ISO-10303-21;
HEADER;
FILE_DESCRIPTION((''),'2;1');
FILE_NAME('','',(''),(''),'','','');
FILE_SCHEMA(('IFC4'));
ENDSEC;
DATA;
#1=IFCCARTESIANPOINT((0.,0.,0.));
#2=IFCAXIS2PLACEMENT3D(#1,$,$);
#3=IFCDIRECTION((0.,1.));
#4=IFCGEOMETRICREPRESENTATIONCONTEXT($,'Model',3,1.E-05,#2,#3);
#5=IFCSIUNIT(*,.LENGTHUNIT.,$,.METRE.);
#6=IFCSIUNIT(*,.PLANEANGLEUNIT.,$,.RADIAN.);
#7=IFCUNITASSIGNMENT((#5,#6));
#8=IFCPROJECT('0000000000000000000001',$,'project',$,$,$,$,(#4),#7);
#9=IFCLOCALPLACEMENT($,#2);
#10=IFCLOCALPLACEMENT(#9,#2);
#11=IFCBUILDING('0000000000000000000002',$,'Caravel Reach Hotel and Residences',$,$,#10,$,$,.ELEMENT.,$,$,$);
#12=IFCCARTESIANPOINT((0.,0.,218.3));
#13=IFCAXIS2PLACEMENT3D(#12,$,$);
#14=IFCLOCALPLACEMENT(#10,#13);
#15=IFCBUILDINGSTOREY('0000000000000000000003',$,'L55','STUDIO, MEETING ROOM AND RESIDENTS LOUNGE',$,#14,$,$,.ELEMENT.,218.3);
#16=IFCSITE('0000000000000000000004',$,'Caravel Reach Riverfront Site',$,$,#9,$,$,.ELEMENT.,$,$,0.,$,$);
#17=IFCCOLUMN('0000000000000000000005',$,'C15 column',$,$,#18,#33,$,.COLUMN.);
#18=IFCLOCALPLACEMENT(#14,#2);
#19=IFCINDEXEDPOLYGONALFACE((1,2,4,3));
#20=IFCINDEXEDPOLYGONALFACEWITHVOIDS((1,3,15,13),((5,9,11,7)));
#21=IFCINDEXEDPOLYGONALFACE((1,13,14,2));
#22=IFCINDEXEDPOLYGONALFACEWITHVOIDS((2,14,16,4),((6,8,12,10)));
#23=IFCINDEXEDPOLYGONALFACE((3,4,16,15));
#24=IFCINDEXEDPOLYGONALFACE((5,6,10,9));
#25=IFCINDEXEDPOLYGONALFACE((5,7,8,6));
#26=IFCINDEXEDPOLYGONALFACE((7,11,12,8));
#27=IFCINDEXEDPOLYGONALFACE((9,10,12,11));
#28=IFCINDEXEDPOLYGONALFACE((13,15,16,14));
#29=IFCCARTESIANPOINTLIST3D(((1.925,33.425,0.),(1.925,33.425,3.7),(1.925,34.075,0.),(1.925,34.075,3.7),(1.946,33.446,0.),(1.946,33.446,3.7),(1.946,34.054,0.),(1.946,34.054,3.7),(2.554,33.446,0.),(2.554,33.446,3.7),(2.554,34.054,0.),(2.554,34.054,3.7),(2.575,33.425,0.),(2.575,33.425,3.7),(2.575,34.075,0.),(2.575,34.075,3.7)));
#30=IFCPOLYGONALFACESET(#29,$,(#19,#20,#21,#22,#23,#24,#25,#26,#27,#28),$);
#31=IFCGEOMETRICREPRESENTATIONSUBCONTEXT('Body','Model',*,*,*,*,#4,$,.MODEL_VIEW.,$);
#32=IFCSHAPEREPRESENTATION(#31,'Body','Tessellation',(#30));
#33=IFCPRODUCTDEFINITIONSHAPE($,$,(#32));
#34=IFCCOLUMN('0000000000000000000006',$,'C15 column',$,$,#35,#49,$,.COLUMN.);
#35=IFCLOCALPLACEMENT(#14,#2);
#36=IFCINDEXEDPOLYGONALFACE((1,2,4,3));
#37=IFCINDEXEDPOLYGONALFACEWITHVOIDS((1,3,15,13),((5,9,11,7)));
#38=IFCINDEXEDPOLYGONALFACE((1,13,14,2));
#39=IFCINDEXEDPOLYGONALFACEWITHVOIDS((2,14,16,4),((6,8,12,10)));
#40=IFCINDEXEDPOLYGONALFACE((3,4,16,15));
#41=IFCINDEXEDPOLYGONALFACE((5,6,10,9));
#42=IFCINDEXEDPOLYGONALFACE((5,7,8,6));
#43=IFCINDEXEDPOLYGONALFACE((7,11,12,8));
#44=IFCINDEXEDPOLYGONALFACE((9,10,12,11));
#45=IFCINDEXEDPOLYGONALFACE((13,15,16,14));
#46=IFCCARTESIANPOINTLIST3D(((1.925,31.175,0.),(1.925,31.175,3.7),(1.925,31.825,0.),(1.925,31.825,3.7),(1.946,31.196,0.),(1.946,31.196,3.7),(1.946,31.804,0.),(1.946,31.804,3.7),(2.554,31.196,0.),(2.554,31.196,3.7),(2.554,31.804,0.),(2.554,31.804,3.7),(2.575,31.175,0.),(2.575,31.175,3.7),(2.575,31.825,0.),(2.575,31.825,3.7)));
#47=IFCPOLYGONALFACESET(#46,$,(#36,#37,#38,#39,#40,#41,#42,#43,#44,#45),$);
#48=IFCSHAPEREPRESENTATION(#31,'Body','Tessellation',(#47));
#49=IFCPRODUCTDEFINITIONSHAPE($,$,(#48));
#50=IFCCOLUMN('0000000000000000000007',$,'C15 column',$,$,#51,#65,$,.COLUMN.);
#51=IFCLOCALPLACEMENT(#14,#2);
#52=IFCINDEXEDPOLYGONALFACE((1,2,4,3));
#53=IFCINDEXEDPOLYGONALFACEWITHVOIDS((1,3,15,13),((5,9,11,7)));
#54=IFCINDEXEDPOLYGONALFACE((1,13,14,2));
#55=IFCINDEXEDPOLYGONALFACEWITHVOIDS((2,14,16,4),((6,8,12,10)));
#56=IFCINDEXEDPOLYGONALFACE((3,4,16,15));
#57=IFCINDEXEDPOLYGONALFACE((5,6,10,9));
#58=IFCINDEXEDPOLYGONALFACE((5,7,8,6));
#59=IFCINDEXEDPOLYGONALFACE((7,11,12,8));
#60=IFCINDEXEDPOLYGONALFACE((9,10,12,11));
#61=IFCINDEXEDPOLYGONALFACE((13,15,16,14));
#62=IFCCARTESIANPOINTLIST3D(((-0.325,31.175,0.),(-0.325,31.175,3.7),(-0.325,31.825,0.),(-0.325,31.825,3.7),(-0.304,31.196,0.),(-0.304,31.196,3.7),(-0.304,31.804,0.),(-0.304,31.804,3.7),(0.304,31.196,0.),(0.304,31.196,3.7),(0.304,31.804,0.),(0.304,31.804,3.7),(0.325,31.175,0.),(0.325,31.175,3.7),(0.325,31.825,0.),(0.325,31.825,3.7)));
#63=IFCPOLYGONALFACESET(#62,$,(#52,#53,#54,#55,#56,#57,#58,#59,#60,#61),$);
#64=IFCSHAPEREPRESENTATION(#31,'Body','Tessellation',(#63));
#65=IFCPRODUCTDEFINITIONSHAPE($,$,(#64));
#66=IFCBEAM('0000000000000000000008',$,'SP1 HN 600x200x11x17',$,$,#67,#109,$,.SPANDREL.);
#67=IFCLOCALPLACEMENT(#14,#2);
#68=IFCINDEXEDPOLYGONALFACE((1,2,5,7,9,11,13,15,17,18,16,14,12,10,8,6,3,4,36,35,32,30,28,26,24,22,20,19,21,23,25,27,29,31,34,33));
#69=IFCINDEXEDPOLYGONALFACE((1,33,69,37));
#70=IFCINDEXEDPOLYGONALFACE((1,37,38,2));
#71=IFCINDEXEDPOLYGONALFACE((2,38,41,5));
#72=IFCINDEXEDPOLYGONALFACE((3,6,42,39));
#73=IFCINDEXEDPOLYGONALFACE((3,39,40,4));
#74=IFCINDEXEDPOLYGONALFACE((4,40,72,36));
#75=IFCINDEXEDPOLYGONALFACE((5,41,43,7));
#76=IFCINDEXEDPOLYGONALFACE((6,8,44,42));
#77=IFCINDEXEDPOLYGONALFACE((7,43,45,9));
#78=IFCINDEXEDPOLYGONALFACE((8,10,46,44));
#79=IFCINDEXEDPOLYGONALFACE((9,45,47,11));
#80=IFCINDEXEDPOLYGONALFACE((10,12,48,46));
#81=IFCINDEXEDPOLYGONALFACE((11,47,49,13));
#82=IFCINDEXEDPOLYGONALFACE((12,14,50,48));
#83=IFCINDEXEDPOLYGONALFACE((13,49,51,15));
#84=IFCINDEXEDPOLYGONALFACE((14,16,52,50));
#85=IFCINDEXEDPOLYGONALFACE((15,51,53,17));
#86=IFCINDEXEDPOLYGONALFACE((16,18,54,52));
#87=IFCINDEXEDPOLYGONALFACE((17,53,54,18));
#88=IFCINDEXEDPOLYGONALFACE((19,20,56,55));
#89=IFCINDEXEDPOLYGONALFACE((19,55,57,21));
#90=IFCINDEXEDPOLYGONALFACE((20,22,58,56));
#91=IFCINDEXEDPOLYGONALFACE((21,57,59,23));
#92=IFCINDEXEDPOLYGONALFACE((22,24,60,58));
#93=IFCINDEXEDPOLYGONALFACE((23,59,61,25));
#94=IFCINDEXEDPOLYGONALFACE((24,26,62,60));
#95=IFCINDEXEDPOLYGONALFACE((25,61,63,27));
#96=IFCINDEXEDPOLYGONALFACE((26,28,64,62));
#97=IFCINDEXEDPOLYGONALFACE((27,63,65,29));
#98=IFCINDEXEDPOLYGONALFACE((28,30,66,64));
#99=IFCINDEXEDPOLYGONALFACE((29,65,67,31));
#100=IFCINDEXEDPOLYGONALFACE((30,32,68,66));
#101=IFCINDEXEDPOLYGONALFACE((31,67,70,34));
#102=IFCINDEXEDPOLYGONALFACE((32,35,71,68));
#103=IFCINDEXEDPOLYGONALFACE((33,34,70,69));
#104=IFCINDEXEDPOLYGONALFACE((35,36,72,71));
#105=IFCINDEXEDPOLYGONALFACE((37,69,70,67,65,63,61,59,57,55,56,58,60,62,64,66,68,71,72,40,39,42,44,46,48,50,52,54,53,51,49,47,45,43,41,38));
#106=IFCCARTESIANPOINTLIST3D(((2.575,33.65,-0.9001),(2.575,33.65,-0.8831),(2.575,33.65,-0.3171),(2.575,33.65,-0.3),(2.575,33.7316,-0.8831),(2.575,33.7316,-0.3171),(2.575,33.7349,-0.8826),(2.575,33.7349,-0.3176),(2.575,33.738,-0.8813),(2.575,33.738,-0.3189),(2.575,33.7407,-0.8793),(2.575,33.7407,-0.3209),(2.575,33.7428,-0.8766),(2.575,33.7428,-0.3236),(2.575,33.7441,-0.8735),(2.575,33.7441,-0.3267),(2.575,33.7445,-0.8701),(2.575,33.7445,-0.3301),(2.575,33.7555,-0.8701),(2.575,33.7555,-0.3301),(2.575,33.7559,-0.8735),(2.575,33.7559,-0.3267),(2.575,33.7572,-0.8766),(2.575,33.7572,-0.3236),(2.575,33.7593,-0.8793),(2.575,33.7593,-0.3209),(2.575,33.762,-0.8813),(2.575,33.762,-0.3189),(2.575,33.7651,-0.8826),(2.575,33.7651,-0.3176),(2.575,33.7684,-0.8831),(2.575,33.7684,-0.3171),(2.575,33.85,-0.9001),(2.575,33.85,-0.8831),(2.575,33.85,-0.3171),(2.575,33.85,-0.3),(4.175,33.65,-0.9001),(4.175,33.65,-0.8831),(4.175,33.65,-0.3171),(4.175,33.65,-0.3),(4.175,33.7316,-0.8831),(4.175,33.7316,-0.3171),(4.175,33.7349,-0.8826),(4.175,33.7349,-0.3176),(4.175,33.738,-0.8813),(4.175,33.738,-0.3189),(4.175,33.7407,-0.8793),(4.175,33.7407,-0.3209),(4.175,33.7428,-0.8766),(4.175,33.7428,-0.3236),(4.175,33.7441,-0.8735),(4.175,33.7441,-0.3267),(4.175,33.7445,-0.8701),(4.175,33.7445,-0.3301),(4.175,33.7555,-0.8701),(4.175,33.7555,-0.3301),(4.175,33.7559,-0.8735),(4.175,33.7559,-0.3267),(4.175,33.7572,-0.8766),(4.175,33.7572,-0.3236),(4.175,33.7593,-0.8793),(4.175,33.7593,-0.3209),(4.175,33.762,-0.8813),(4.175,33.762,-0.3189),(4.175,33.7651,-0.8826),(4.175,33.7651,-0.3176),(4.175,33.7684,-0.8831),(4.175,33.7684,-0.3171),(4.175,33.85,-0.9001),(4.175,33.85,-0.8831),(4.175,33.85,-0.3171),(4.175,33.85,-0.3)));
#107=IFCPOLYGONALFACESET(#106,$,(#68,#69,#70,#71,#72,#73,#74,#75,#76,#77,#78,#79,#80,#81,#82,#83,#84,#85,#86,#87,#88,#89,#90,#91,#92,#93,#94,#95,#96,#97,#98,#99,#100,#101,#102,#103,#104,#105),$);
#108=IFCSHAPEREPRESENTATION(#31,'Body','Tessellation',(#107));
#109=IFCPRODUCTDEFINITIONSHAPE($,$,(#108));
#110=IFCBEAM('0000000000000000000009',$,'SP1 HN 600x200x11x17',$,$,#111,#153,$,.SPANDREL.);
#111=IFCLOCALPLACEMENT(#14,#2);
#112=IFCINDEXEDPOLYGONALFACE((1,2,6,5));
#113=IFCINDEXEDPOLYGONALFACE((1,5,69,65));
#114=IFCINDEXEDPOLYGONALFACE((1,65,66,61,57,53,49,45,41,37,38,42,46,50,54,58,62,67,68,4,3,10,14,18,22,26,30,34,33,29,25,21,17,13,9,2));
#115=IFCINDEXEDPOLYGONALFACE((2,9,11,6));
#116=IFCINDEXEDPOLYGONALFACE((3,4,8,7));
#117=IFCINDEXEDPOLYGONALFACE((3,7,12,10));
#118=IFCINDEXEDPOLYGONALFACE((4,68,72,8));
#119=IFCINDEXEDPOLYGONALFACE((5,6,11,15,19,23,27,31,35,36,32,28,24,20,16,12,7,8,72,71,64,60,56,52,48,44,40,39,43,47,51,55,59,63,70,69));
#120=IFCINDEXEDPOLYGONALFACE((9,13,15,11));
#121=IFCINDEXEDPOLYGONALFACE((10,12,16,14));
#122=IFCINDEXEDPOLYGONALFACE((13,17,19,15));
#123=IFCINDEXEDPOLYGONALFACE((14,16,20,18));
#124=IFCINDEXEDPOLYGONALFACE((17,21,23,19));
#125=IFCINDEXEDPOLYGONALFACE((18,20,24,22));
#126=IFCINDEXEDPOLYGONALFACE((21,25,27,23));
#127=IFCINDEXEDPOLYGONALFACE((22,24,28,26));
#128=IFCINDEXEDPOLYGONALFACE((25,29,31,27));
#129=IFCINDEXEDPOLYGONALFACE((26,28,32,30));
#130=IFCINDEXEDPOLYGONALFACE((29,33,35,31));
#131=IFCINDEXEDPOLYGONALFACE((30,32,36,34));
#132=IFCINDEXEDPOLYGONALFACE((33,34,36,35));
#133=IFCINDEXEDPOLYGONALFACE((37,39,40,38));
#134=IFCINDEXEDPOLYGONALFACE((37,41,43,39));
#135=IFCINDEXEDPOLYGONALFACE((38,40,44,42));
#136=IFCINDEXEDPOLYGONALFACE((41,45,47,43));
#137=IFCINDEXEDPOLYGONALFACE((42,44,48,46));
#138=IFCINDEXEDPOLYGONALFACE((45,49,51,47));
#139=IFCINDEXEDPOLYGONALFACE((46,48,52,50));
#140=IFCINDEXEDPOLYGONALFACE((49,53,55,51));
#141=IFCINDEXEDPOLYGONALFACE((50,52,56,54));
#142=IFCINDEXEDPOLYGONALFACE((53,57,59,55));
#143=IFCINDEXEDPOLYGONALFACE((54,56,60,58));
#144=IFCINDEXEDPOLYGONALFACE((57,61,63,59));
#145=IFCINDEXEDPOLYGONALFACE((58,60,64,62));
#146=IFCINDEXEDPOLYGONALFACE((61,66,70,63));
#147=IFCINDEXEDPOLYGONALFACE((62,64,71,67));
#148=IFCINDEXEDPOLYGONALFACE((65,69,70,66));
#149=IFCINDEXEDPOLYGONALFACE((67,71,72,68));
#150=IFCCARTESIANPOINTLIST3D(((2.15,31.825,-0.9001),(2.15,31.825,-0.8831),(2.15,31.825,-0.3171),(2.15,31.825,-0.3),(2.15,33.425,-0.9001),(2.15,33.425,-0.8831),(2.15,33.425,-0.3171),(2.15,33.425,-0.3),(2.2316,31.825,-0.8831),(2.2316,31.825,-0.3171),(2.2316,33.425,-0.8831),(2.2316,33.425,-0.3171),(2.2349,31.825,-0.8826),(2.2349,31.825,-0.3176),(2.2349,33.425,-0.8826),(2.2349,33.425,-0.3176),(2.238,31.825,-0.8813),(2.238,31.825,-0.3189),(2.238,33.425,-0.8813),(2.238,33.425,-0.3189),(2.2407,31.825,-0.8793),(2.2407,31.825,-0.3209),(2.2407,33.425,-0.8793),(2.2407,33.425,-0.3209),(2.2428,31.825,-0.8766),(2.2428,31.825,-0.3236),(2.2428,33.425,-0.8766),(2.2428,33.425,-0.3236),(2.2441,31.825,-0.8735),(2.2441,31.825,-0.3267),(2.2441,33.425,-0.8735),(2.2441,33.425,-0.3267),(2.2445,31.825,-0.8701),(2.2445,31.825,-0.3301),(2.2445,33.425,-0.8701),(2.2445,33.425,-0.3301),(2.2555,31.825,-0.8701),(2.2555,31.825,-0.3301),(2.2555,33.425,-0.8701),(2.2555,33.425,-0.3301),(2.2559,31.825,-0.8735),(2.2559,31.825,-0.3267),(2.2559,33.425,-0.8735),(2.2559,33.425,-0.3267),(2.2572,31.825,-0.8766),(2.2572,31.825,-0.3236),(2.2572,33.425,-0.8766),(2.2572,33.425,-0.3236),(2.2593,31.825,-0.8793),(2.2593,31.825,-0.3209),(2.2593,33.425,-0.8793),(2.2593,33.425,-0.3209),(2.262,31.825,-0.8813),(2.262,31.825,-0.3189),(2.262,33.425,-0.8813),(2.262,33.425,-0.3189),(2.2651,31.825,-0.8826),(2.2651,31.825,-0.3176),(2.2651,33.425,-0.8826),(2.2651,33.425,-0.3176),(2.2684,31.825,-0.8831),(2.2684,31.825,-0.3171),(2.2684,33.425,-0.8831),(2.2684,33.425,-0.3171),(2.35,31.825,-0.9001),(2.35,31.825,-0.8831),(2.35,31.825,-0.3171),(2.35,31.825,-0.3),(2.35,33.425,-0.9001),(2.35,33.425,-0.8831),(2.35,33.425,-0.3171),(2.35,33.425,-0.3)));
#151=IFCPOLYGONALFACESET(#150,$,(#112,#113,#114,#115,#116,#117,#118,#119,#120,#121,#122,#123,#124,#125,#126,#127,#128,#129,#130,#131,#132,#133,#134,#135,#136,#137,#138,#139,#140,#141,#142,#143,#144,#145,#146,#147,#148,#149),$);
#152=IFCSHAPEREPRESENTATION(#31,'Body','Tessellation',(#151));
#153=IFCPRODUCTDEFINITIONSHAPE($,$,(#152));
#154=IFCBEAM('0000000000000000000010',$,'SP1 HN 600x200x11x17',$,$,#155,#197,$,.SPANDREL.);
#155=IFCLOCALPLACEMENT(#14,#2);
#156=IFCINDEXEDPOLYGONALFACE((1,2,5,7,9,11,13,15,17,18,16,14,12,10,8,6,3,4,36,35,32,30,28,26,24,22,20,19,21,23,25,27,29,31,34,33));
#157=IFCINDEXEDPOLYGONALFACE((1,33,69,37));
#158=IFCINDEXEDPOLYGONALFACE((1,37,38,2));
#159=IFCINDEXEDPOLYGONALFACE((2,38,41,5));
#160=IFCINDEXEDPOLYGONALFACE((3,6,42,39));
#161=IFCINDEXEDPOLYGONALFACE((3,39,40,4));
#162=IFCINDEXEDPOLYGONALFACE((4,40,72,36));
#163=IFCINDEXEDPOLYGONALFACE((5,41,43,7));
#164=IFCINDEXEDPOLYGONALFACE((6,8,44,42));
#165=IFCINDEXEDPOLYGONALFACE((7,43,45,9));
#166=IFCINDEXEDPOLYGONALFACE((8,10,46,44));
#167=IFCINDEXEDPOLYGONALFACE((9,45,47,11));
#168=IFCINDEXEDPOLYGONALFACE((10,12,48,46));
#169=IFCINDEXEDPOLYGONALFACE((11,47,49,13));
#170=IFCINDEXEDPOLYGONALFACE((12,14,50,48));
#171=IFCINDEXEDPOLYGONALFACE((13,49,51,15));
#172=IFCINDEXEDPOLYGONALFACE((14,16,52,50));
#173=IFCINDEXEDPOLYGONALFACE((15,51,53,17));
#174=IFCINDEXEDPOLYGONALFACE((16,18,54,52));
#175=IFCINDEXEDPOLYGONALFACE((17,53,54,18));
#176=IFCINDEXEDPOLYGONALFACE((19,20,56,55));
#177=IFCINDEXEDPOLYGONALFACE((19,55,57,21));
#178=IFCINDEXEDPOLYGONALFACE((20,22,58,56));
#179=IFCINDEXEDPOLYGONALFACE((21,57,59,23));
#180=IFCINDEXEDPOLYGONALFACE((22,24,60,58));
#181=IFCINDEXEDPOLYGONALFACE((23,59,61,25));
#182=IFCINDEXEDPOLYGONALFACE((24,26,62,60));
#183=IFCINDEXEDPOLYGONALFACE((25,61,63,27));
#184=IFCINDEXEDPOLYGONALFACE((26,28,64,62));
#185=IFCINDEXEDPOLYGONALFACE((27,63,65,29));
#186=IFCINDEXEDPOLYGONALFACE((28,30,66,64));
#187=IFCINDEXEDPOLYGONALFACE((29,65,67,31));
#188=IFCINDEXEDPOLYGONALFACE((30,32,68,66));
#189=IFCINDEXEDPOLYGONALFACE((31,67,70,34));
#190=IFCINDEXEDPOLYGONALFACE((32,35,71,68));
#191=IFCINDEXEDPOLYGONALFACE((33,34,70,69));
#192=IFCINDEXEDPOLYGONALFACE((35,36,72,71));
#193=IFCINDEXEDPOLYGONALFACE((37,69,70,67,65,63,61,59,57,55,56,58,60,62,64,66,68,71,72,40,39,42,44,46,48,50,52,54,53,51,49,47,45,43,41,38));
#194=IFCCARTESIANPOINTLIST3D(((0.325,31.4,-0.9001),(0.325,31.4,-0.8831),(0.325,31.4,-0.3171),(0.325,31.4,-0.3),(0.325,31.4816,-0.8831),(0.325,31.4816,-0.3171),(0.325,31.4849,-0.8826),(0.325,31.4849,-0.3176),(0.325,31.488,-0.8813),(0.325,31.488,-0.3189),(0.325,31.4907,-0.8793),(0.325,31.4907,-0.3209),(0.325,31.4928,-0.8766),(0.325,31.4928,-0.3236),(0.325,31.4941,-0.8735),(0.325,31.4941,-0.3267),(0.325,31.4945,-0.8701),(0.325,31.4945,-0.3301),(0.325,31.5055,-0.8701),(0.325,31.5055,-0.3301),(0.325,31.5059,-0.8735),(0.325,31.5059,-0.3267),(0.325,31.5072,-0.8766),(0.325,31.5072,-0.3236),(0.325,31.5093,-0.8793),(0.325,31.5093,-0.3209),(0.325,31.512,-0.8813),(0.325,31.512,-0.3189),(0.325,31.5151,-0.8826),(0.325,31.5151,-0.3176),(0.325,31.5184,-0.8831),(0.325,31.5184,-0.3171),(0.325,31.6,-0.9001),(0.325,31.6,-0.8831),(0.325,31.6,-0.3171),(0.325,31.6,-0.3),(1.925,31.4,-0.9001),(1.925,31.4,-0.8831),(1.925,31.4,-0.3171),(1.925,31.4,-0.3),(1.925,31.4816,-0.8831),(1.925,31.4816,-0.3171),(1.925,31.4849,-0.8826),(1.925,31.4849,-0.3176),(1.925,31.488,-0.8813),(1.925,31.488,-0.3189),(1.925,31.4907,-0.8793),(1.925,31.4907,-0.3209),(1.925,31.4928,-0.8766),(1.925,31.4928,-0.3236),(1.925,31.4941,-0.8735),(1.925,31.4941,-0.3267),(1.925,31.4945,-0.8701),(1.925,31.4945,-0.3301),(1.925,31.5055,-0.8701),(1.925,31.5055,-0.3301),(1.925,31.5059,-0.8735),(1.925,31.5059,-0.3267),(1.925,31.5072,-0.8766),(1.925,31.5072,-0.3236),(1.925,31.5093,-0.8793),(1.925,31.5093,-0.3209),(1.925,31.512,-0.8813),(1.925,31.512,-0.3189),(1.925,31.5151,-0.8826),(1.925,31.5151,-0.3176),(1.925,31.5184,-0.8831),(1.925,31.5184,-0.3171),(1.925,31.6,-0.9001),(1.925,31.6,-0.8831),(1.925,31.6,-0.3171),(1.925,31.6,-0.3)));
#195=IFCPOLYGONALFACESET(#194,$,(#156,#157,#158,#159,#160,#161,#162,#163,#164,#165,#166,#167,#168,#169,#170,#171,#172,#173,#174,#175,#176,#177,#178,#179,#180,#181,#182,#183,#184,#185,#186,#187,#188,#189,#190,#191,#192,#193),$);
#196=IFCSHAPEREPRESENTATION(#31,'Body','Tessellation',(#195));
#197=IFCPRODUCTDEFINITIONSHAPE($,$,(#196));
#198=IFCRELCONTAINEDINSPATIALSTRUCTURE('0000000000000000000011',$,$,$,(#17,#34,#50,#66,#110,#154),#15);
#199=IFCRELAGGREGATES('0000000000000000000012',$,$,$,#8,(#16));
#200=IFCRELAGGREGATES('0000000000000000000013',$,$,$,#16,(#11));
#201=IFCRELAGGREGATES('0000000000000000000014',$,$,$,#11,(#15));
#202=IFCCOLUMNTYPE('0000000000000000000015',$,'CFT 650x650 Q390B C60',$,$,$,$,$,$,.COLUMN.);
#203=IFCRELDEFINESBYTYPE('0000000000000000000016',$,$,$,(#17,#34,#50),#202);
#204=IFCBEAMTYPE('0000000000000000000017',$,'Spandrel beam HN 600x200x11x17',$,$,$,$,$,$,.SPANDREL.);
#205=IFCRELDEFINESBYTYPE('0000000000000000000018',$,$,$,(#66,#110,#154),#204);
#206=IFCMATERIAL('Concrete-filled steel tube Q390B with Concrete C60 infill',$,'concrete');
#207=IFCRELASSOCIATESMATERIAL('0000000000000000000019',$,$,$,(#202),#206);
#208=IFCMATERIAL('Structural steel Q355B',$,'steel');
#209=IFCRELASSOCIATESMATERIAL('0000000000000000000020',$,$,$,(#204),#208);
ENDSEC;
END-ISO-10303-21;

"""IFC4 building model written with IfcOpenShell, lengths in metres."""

from ifc_helpers import new_model, si_unit, direction, frame, origin, origin_2d, place, context, subcontext, project, spatial, hollow_rectangle, i_section, extrude, material, material_profile, profile_set, type_object, element, save


model = new_model("IFC4")

# Units and contexts
model_context = context("Model", 3, precision=1e-05, world=origin(), true_north=direction((0.0, 1.0)))
body_context = subcontext(model_context, "Body", "Model", "MODEL_VIEW")
ifc_project = project(units=[si_unit("LENGTHUNIT", "METRE"), si_unit("PLANEANGLEUNIT", "RADIAN")], contexts=[model_context])

# Site, building, storey
site_placement = place(None, origin())
site = spatial("IfcSite", under=ifc_project, at=site_placement, Name="Caravel Reach Riverfront Site", CompositionType="ELEMENT", RefElevation=0.0)
building_placement = place(site_placement, origin())
building = spatial("IfcBuilding", under=site, at=building_placement, Name="Caravel Reach Hotel and Residences", CompositionType="ELEMENT")
storey_placement = place(building_placement, frame((0.0, 0.0, 218.3)))
storey = spatial("IfcBuildingStorey", under=building, at=storey_placement, Name="L55", Description="STUDIO, MEETING ROOM AND RESIDENTS LOUNGE", CompositionType="ELEMENT", Elevation=218.3)

# Columns
ifc_material_1 = material(Name="Concrete-filled steel tube Q390B with Concrete C60 infill", Category="concrete")
ifc_material_profile_1 = material_profile(ifc_material_1, hollow_rectangle(XDim=0.6499, YDim=0.6499, WallThickness=0.021, at=origin_2d()), Name="RHS 650x650x21")
ifc_profile_set_1 = profile_set([ifc_material_profile_1], Name="Concrete-filled steel tube Q390B with Concrete C60 infill")
column_type = type_object("IfcColumnType", Name="CFT 650x650 Q390B C60", PredefinedType="COLUMN", material=ifc_profile_set_1)
for number, where, z_axis, x_axis, name in (
    (1, (2.25, 33.75, 0.0), (0.0, 0.0, 1.0), (1.0, 0.0, 0.0), "C15 column"),
    (2, (2.25, 31.5, 0.0), (0.0, 0.0, 1.0), (1.0, 0.0, 0.0), "C15 column"),
    (3, (0.0, 31.5, 0.0), (0.0, 0.0, 1.0), (1.0, 0.0, 0.0), "C15 column"),
):
    element("IfcColumn", number, at=place(storey_placement, frame(where, z_axis=z_axis, x_axis=x_axis)), inside=storey, type_object=column_type, Name=name, PredefinedType="COLUMN", context=body_context, shape_type="SweptSolid", body=[
        extrude(hollow_rectangle(XDim=0.6499, YDim=0.6499, WallThickness=0.021, at=origin_2d()), origin(), (0.0, 0.0, 1.0), 3.7),
    ])

# Beams
ifc_material_2 = material(Name="Structural steel Q355B", Category="steel")
ifc_material_profile_2 = material_profile(ifc_material_2, i_section(OverallWidth=0.2, OverallDepth=0.6001, WebThickness=0.011, FlangeThickness=0.0171, FilletRadius=0.0129, at=origin_2d()), Name="HN 600x200x11x17")
ifc_profile_set_2 = profile_set([ifc_material_profile_2], Name="Structural steel Q355B")
beam_type = type_object("IfcBeamType", Name="Spandrel beam HN 600x200x11x17", PredefinedType="SPANDREL", material=ifc_profile_set_2)
for number, where, z_axis, x_axis, name in (
    (4, (4.175, 33.75, -0.6001), (-1.0, 0.0, 0.0), (0.0, -1.0, 0.0), "SP1 HN 600x200x11x17"),
    (5, (2.25, 33.425, -0.6001), (0.0, -1.0, 0.0), (1.0, 0.0, 0.0), "SP1 HN 600x200x11x17"),
    (6, (1.925, 31.5, -0.6001), (-1.0, 0.0, 0.0), (0.0, -1.0, 0.0), "SP1 HN 600x200x11x17"),
):
    element("IfcBeam", number, at=place(storey_placement, frame(where, z_axis=z_axis, x_axis=x_axis)), inside=storey, type_object=beam_type, Name=name, PredefinedType="SPANDREL", context=body_context, shape_type="SweptSolid", body=[
        extrude(i_section(OverallWidth=0.2, OverallDepth=0.6001, WebThickness=0.011, FlangeThickness=0.0171, FilletRadius=0.0129, at=origin_2d()), origin(), (0.0, 0.0, 1.0), 1.6001),
    ])

save(model, "model.ifc")
